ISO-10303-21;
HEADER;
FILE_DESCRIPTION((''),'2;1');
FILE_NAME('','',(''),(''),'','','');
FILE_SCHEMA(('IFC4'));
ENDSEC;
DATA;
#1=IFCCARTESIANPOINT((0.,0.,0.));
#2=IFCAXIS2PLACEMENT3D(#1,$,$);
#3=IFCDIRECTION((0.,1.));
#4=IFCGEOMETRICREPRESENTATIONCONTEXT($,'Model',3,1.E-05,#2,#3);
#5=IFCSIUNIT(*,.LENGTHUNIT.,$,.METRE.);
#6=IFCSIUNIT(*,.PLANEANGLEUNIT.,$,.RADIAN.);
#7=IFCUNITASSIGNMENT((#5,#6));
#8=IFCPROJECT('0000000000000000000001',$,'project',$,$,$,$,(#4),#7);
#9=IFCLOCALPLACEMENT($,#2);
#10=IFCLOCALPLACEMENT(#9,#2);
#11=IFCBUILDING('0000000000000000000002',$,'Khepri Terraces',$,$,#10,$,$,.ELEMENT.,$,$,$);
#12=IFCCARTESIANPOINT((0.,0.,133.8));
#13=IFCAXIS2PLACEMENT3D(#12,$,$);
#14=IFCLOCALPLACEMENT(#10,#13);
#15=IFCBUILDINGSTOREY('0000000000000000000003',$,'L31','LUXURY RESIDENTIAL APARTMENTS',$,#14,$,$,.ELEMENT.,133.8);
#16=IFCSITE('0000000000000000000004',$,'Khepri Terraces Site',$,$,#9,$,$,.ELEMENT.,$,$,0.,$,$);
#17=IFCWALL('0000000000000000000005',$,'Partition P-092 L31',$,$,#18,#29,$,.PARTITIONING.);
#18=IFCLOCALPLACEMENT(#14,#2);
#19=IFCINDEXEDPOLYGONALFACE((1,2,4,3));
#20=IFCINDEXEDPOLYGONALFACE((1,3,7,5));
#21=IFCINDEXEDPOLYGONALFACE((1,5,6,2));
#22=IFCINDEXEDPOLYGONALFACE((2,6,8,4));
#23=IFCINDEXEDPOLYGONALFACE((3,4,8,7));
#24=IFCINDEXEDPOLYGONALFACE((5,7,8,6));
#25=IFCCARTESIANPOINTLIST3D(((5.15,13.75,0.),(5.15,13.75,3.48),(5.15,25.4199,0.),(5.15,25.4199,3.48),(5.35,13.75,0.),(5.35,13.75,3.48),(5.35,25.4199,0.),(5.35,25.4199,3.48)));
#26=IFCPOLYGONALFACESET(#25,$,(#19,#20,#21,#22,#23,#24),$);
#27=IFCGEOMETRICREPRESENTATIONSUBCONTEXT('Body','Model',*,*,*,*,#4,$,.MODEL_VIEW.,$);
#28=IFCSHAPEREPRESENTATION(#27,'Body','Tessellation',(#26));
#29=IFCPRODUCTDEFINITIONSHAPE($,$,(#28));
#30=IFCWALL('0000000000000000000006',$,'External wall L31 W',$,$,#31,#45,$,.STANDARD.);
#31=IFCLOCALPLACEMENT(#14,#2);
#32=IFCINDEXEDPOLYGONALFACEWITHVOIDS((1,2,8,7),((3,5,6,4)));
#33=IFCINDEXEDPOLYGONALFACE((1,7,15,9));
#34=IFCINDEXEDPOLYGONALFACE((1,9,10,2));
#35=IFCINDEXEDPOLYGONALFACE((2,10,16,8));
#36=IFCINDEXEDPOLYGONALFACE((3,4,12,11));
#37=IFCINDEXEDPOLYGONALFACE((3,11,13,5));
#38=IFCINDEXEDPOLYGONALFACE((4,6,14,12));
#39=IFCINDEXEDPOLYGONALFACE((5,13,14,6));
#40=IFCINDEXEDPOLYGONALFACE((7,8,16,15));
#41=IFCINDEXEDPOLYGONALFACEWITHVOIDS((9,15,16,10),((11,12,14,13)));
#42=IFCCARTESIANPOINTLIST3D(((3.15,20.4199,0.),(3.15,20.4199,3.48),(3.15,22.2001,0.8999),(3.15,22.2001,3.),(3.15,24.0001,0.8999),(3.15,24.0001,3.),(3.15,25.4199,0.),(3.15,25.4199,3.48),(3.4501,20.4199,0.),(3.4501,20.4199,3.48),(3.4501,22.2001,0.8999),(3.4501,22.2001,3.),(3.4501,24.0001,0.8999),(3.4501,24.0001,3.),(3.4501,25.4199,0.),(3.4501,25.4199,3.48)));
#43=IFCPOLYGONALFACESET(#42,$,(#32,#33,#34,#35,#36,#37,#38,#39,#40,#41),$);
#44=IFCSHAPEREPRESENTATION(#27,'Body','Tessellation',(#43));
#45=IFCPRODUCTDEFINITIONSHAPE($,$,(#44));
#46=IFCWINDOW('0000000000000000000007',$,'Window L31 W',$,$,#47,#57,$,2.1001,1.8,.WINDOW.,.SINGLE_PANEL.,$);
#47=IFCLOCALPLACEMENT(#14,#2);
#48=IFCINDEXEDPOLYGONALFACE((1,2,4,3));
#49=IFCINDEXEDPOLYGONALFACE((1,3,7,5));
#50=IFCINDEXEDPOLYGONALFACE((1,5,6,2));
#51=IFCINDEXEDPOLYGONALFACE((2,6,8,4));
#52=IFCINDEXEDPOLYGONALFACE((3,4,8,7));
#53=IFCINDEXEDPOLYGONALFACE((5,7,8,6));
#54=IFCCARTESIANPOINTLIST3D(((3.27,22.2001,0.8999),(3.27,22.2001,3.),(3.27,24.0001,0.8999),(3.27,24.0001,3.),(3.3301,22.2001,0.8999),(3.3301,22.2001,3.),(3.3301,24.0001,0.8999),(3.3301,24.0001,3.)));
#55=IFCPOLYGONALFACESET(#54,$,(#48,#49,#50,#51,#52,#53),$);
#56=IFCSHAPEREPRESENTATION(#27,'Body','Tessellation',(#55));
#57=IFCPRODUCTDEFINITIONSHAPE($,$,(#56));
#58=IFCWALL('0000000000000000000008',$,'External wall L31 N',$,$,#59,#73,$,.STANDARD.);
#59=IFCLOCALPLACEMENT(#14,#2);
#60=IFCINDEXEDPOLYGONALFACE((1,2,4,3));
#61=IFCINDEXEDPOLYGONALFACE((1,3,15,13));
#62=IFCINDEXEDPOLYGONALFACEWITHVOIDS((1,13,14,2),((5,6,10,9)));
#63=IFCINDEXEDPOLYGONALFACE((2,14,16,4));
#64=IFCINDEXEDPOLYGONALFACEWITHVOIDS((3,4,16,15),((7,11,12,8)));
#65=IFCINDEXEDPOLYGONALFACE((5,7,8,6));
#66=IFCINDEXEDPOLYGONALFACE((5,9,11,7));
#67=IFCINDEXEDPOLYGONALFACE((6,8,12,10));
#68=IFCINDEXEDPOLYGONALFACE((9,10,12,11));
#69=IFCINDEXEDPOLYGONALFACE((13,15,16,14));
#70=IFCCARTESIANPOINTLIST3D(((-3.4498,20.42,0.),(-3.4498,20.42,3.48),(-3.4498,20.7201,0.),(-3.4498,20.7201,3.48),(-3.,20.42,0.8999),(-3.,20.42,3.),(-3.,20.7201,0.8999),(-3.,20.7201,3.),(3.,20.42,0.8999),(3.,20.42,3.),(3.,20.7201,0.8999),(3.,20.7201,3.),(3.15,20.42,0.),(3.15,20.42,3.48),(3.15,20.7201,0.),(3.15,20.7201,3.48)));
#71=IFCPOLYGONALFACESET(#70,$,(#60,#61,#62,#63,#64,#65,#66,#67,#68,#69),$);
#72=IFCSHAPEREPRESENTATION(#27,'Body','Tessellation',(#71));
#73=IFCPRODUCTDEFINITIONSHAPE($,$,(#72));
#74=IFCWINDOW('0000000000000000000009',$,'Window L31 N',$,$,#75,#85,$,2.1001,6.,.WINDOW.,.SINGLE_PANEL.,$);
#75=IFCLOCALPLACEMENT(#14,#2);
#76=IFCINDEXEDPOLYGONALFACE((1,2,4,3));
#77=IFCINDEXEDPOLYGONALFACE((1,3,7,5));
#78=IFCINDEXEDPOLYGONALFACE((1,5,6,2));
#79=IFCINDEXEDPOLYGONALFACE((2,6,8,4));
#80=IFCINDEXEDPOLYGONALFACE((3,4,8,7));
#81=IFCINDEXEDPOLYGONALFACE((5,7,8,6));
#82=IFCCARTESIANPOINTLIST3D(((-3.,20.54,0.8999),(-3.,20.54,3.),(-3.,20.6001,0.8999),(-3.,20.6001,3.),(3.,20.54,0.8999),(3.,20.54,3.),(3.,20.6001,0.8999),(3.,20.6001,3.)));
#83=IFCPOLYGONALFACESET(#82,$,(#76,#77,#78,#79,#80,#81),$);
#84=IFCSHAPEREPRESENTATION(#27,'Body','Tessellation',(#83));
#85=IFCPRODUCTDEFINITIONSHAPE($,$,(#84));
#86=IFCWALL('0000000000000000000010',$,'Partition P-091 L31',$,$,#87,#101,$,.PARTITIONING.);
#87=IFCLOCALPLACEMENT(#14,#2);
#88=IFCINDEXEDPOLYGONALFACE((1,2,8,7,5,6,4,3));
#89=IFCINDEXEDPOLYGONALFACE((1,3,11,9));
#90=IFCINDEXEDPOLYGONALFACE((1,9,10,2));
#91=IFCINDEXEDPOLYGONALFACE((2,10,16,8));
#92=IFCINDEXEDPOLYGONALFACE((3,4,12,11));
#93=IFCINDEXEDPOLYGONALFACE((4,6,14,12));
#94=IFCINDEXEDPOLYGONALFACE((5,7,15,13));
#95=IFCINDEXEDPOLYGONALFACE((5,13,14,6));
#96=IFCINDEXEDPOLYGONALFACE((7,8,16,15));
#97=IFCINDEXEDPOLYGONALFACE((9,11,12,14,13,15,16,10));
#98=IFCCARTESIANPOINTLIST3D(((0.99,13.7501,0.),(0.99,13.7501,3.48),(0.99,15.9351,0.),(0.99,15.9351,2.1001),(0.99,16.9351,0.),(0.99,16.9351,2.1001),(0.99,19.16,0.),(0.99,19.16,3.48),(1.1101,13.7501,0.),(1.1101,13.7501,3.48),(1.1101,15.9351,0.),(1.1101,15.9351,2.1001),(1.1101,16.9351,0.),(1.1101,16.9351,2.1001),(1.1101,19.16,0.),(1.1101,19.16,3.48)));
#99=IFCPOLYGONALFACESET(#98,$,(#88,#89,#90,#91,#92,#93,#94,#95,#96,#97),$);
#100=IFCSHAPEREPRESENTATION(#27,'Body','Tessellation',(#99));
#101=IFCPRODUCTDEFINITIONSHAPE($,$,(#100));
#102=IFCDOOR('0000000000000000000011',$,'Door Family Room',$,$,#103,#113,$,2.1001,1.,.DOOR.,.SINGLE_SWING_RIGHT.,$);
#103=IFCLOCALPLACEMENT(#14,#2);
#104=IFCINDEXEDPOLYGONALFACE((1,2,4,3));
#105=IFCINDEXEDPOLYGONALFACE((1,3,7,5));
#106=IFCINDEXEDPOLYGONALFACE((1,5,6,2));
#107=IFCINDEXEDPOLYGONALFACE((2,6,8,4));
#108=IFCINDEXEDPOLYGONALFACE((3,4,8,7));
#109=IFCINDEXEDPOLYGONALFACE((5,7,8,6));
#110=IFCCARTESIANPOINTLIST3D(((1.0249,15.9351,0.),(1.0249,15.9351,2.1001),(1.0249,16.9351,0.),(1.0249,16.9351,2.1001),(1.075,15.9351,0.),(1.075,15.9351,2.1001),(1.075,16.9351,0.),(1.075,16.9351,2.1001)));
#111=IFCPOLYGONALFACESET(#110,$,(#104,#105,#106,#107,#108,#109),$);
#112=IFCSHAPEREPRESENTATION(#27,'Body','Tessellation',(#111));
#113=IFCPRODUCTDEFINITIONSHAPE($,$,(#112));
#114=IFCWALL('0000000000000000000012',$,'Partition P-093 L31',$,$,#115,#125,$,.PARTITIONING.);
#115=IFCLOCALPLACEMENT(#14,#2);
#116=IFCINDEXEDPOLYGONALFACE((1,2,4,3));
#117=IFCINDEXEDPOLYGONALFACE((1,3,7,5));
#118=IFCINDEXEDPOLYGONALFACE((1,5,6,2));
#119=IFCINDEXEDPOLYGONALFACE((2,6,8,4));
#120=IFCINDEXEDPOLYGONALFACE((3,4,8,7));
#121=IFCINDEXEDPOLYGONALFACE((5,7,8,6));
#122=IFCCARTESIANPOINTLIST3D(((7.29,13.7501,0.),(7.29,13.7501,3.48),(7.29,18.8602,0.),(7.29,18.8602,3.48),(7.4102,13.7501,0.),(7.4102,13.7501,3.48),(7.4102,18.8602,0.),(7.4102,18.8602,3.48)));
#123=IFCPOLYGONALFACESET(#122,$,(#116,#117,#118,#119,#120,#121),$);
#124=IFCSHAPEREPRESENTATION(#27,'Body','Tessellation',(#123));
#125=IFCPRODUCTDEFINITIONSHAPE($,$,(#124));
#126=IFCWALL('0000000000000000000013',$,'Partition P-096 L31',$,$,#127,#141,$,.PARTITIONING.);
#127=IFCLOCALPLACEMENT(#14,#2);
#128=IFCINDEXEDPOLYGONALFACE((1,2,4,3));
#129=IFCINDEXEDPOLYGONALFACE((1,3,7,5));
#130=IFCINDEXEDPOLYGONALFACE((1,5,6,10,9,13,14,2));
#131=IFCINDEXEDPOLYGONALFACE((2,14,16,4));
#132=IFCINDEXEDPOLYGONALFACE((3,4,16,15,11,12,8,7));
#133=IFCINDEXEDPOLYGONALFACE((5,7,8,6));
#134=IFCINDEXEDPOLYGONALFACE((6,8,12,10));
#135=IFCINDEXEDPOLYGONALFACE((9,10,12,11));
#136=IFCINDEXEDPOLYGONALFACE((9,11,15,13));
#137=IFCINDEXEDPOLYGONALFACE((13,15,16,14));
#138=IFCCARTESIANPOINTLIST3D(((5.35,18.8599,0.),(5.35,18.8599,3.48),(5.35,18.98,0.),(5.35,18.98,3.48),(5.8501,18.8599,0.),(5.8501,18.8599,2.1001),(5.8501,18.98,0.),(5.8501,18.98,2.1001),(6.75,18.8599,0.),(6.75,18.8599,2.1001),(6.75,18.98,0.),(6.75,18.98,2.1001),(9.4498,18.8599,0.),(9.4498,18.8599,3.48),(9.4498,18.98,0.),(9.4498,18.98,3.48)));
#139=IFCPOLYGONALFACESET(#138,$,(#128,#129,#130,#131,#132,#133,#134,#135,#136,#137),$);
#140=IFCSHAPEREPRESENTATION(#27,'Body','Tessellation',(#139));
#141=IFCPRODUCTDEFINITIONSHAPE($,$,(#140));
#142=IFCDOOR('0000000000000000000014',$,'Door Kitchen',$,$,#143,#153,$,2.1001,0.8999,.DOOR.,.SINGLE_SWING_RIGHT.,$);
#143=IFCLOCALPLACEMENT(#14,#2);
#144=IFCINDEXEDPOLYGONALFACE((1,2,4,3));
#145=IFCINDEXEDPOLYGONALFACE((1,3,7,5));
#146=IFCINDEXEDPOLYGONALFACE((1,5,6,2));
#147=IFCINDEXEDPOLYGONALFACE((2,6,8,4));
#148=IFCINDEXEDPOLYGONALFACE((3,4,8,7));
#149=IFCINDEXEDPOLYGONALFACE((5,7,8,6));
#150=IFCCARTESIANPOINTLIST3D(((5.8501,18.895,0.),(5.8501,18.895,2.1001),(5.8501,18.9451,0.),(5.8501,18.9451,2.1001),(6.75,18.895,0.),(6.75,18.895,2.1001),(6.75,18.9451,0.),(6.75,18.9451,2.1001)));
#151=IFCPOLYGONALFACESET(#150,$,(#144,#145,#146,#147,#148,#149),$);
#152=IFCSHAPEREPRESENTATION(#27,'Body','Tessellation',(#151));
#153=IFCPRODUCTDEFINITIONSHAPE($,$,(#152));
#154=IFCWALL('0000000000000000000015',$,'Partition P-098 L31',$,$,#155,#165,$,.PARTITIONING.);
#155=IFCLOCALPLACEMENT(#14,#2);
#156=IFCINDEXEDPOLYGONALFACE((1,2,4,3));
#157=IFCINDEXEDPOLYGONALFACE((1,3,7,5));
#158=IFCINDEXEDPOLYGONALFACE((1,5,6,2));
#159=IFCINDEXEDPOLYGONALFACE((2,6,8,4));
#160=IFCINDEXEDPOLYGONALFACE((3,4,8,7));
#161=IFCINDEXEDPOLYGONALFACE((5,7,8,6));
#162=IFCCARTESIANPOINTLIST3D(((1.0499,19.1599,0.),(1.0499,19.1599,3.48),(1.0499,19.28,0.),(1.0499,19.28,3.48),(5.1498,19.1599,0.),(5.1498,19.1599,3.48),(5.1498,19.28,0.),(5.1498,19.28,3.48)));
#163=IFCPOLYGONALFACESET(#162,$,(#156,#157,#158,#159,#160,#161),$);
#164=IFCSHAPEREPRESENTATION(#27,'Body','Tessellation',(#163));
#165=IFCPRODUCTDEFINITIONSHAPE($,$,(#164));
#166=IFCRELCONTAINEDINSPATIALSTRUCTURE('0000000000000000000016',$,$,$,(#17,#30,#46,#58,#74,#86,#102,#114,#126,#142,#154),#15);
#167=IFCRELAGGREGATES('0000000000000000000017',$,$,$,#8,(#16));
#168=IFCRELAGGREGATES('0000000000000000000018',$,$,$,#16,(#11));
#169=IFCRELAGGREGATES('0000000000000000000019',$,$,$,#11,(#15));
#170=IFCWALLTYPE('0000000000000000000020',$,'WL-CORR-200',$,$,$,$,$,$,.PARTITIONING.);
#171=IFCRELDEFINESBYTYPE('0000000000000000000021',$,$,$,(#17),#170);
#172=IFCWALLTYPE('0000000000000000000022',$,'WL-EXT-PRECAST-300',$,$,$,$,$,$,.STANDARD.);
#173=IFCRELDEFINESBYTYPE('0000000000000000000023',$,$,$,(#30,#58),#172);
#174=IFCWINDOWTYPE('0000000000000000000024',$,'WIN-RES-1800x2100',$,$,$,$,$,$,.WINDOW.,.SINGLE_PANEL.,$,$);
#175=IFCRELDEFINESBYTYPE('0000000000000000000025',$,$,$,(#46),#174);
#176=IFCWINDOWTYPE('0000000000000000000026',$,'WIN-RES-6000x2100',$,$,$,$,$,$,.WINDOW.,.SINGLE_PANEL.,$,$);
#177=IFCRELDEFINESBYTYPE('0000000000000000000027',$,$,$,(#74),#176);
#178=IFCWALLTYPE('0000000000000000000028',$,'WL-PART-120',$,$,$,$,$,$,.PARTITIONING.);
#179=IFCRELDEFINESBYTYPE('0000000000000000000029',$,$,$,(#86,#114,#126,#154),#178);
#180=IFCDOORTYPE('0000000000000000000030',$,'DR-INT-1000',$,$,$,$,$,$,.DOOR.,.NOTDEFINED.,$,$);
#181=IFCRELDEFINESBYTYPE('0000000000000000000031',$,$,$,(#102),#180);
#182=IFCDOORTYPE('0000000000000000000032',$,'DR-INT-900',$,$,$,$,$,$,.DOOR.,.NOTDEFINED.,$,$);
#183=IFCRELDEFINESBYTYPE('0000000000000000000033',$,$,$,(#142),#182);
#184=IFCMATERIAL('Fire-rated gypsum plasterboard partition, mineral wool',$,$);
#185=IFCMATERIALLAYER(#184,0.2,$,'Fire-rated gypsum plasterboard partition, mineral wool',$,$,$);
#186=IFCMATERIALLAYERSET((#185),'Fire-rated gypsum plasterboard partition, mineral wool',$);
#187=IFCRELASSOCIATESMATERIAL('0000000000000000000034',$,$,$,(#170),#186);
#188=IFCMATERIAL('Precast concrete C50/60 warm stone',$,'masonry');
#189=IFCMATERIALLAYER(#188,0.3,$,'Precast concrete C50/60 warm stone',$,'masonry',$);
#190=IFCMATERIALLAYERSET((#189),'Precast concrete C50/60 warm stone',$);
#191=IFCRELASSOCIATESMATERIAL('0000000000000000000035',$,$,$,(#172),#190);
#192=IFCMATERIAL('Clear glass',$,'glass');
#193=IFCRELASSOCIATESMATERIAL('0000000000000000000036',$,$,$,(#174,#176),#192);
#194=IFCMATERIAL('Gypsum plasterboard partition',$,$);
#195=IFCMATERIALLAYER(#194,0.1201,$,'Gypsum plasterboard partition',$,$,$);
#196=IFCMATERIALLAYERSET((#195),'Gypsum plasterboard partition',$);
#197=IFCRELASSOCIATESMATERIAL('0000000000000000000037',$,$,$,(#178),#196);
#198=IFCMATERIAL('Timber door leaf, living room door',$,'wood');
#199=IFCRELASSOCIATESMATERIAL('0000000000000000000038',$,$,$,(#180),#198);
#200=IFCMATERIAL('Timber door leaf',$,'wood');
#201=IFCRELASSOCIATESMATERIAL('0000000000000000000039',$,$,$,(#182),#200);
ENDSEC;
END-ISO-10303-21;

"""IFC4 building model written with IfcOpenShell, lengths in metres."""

from ifc_helpers import new_model, si_unit, direction, frame, frame_2d, origin, place, context, subcontext, project, spatial, rectangle, extrude, material, layer, layer_set, type_object, element, fill, save


model = new_model("IFC4")

# Units and contexts
model_context = context("Model", 3, precision=1e-05, world=origin(), true_north=direction((0.0, 1.0)))
body_context = subcontext(model_context, "Body", "Model", "MODEL_VIEW")
ifc_project = project(units=[si_unit("LENGTHUNIT", "METRE"), si_unit("PLANEANGLEUNIT", "RADIAN")], contexts=[model_context])

# Site, building, storey
site_placement = place(None, origin())
site = spatial("IfcSite", under=ifc_project, at=site_placement, Name="Khepri Terraces Site", CompositionType="ELEMENT", RefElevation=0.0)
building_placement = place(site_placement, origin())
building = spatial("IfcBuilding", under=site, at=building_placement, Name="Khepri Terraces", CompositionType="ELEMENT")
storey_placement = place(building_placement, frame((0.0, 0.0, 133.8)))
storey = spatial("IfcBuildingStorey", under=building, at=storey_placement, Name="L31", Description="LUXURY RESIDENTIAL APARTMENTS", CompositionType="ELEMENT", Elevation=133.8)

# Wall
ifc_material_1 = material(Name="Fire-rated gypsum plasterboard partition, mineral wool")
ifc_layer_1 = layer(ifc_material_1, 0.2, Name="Fire-rated gypsum plasterboard partition, mineral wool")
ifc_layer_set_1 = layer_set([ifc_layer_1], Name="Fire-rated gypsum plasterboard partition, mineral wool")
wall_type_1 = type_object("IfcWallType", Name="WL-CORR-200", PredefinedType="PARTITIONING", material=ifc_layer_set_1)
wall_1_placement = place(storey_placement, frame((5.25, 13.75, 0.0), z_axis=(0.0, 0.0, 1.0), x_axis=(0.0, 1.0, 0.0)))
element("IfcWall", 1, at=wall_1_placement, inside=storey, type_object=wall_type_1, Name="Partition P-092 L31", PredefinedType="PARTITIONING", context=body_context, shape_type="SweptSolid", body=[
    extrude(rectangle(XDim=11.6699, YDim=0.2, at=frame_2d((5.835, 0.0))), origin(), (0.0, 0.0, 1.0), 3.48),
])

# Walls, openings, windows
ifc_material_2 = material(Name="Precast concrete C50/60 warm stone", Category="masonry")
ifc_layer_2 = layer(ifc_material_2, 0.3, Name="Precast concrete C50/60 warm stone", Category="masonry")
ifc_layer_set_2 = layer_set([ifc_layer_2], Name="Precast concrete C50/60 warm stone")
wall_type_2 = type_object("IfcWallType", Name="WL-EXT-PRECAST-300", PredefinedType="STANDARD", material=ifc_layer_set_2)
wall_2_placement = place(storey_placement, frame((3.3, 25.4199, 0.0), z_axis=(0.0, 0.0, 1.0), x_axis=(0.0, -1.0, 0.0)))
wall_2 = element("IfcWall", 2, at=wall_2_placement, inside=storey, type_object=wall_type_2, Name="External wall L31 W", PredefinedType="STANDARD", context=body_context, shape_type="SweptSolid", body=[
    extrude(rectangle(XDim=5.0, YDim=0.3, at=frame_2d((2.5, 0.0))), origin(), (0.0, 0.0, 1.0), 3.48),
])
opening_1_placement = place(wall_2_placement, frame((1.4199, 0.0, 0.8999)))
opening_1 = element("IfcOpeningElement", 3, at=opening_1_placement, cuts=wall_2, PredefinedType="OPENING", context=body_context, shape_type="SweptSolid", body=[
    extrude(rectangle(XDim=1.8, YDim=2.1001, at=frame_2d((0.8999, 1.05))), frame((0.0, 0.1602, 0.0), z_axis=(0.0, -1.0, 0.0), x_axis=(1.0, 0.0, 0.0)), (0.0, 0.0, 1.0), 0.3201),
])
ifc_material_3 = material(Name="Clear glass", Category="glass")
window_type_1 = type_object("IfcWindowType", Name="WIN-RES-1800x2100", PartitioningType="SINGLE_PANEL", PredefinedType="WINDOW", material=ifc_material_3)
window_1_placement = place(opening_1_placement, origin())
window_1 = element("IfcWindow", 4, at=window_1_placement, inside=storey, type_object=window_type_1, Name="Window L31 W", OverallHeight=2.1001, OverallWidth=1.8, PartitioningType="SINGLE_PANEL", PredefinedType="WINDOW", context=body_context, shape_type="SweptSolid", body=[
    extrude(rectangle(XDim=1.8, YDim=2.1001, at=frame_2d((0.8999, 1.05))), frame((0.0, 0.03, 0.0), z_axis=(0.0, -1.0, 0.0), x_axis=(1.0, 0.0, 0.0)), (0.0, 0.0, 1.0), 0.0601),
])
fill(opening_1, window_1)
wall_3_placement = place(storey_placement, frame((3.1499, 20.5701, 0.0), z_axis=(0.0, 0.0, 1.0), x_axis=(-1.0, 0.0, 0.0)))
wall_3 = element("IfcWall", 5, at=wall_3_placement, inside=storey, type_object=wall_type_2, Name="External wall L31 N", PredefinedType="STANDARD", context=body_context, shape_type="SweptSolid", body=[
    extrude(rectangle(XDim=6.5999, YDim=0.3, at=frame_2d((3.2998, 0.0))), origin(), (0.0, 0.0, 1.0), 3.48),
])
opening_2_placement = place(wall_3_placement, frame((0.1499, 0.0, 0.8999)))
opening_2 = element("IfcOpeningElement", 6, at=opening_2_placement, cuts=wall_3, PredefinedType="OPENING", context=body_context, shape_type="SweptSolid", body=[
    extrude(rectangle(XDim=6.0, YDim=2.1001, at=frame_2d((3.0, 1.05))), frame((0.0, 0.1602, 0.0), z_axis=(0.0, -1.0, 0.0), x_axis=(1.0, 0.0, 0.0)), (0.0, 0.0, 1.0), 0.3201),
])
window_type_2 = type_object("IfcWindowType", Name="WIN-RES-6000x2100", PartitioningType="SINGLE_PANEL", PredefinedType="WINDOW", material=ifc_material_3)
window_2_placement = place(opening_2_placement, origin())
window_2 = element("IfcWindow", 7, at=window_2_placement, inside=storey, type_object=window_type_2, Name="Window L31 N", OverallHeight=2.1001, OverallWidth=6.0, PartitioningType="SINGLE_PANEL", PredefinedType="WINDOW", context=body_context, shape_type="SweptSolid", body=[
    extrude(rectangle(XDim=6.0, YDim=2.1001, at=frame_2d((3.0, 1.05))), frame((0.0, 0.03, 0.0), z_axis=(0.0, -1.0, 0.0), x_axis=(1.0, 0.0, 0.0)), (0.0, 0.0, 1.0), 0.0601),
])
fill(opening_2, window_2)

# Wall, opening, door
ifc_material_4 = material(Name="Gypsum plasterboard partition")
ifc_layer_3 = layer(ifc_material_4, 0.1201, Name="Gypsum plasterboard partition")
ifc_layer_set_3 = layer_set([ifc_layer_3], Name="Gypsum plasterboard partition")
wall_type_3 = type_object("IfcWallType", Name="WL-PART-120", PredefinedType="PARTITIONING", material=ifc_layer_set_3)
wall_4_placement = place(storey_placement, frame((1.05, 13.75, 0.0), z_axis=(0.0, 0.0, 1.0), x_axis=(0.0, 1.0, 0.0)))
wall_4 = element("IfcWall", 8, at=wall_4_placement, inside=storey, type_object=wall_type_3, Name="Partition P-091 L31", PredefinedType="PARTITIONING", context=body_context, shape_type="SweptSolid", body=[
    extrude(rectangle(XDim=5.4099, YDim=0.1201, at=frame_2d((2.7051, 0.0))), origin(), (0.0, 0.0, 1.0), 3.48),
])
opening_3_placement = place(wall_4_placement, frame((2.1851, 0.0, 0.0)))
opening_3 = element("IfcOpeningElement", 9, at=opening_3_placement, cuts=wall_4, PredefinedType="OPENING", context=body_context, shape_type="SweptSolid", body=[
    extrude(rectangle(XDim=1.0, YDim=2.1001, at=frame_2d((0.5, 1.05))), frame((0.0, 0.0701, 0.0), z_axis=(0.0, -1.0, 0.0), x_axis=(1.0, 0.0, 0.0)), (0.0, 0.0, 1.0), 0.1401),
])
ifc_material_5 = material(Name="Timber door leaf, living room door", Category="wood")
door_type_1 = type_object("IfcDoorType", Name="DR-INT-1000", OperationType="NOTDEFINED", PredefinedType="DOOR", material=ifc_material_5)
door_1_placement = place(opening_3_placement, frame((1.0, 0.0, 0.0), z_axis=(0.0, 0.0, 1.0), x_axis=(-1.0, 0.0, 0.0)))
door_1 = element("IfcDoor", 10, at=door_1_placement, inside=storey, type_object=door_type_1, Name="Door Family Room", OperationType="SINGLE_SWING_RIGHT", OverallHeight=2.1001, OverallWidth=1.0, PredefinedType="DOOR", context=body_context, shape_type="SweptSolid", body=[
    extrude(rectangle(XDim=1.0, YDim=2.1001, at=frame_2d((0.5, 1.05))), frame((0.0, 0.0249, 0.0), z_axis=(0.0, -1.0, 0.0), x_axis=(1.0, 0.0, 0.0)), (0.0, 0.0, 1.0), 0.05),
])
fill(opening_3, door_1)

# Wall
wall_5_placement = place(storey_placement, frame((7.3501, 13.75, 0.0), z_axis=(0.0, 0.0, 1.0), x_axis=(0.0, 1.0, 0.0)))
element("IfcWall", 11, at=wall_5_placement, inside=storey, type_object=wall_type_3, Name="Partition P-093 L31", PredefinedType="PARTITIONING", context=body_context, shape_type="SweptSolid", body=[
    extrude(rectangle(XDim=5.1101, YDim=0.1201, at=frame_2d((2.5552, 0.0))), origin(), (0.0, 0.0, 1.0), 3.48),
])

# Wall, opening, door
wall_6_placement = place(storey_placement, frame((5.3501, 18.9199, 0.0), z_axis=(0.0, 0.0, 1.0), x_axis=(1.0, 0.0, 0.0)))
wall_6 = element("IfcWall", 12, at=wall_6_placement, inside=storey, type_object=wall_type_3, Name="Partition P-096 L31", PredefinedType="PARTITIONING", context=body_context, shape_type="SweptSolid", body=[
    extrude(rectangle(XDim=4.0999, YDim=0.1201, at=frame_2d((2.0498, 0.0))), origin(), (0.0, 0.0, 1.0), 3.48),
])
opening_4_placement = place(wall_6_placement, frame((0.5, 0.0, 0.0)))
opening_4 = element("IfcOpeningElement", 13, at=opening_4_placement, cuts=wall_6, PredefinedType="OPENING", context=body_context, shape_type="SweptSolid", body=[
    extrude(rectangle(XDim=0.8999, YDim=2.1001, at=frame_2d((0.45, 1.05))), frame((0.0, 0.0701, 0.0), z_axis=(0.0, -1.0, 0.0), x_axis=(1.0, 0.0, 0.0)), (0.0, 0.0, 1.0), 0.1401),
])
ifc_material_6 = material(Name="Timber door leaf", Category="wood")
door_type_2 = type_object("IfcDoorType", Name="DR-INT-900", OperationType="NOTDEFINED", PredefinedType="DOOR", material=ifc_material_6)
door_2_placement = place(opening_4_placement, frame((0.8999, 0.0, 0.0), z_axis=(0.0, 0.0, 1.0), x_axis=(-1.0, 0.0, 0.0)))
door_2 = element("IfcDoor", 14, at=door_2_placement, inside=storey, type_object=door_type_2, Name="Door Kitchen", OperationType="SINGLE_SWING_RIGHT", OverallHeight=2.1001, OverallWidth=0.8999, PredefinedType="DOOR", context=body_context, shape_type="SweptSolid", body=[
    extrude(rectangle(XDim=0.8999, YDim=2.1001, at=frame_2d((0.45, 1.05))), frame((0.0, 0.0249, 0.0), z_axis=(0.0, -1.0, 0.0), x_axis=(1.0, 0.0, 0.0)), (0.0, 0.0, 1.0), 0.05),
])
fill(opening_4, door_2)

# Wall
wall_7_placement = place(storey_placement, frame((1.05, 19.22, 0.0), z_axis=(0.0, 0.0, 1.0), x_axis=(1.0, 0.0, 0.0)))
element("IfcWall", 15, at=wall_7_placement, inside=storey, type_object=wall_type_3, Name="Partition P-098 L31", PredefinedType="PARTITIONING", context=body_context, shape_type="SweptSolid", body=[
    extrude(rectangle(XDim=4.0999, YDim=0.1201, at=frame_2d((2.0498, 0.0))), origin(), (0.0, 0.0, 1.0), 3.48),
])

save(model, "model.ifc")
